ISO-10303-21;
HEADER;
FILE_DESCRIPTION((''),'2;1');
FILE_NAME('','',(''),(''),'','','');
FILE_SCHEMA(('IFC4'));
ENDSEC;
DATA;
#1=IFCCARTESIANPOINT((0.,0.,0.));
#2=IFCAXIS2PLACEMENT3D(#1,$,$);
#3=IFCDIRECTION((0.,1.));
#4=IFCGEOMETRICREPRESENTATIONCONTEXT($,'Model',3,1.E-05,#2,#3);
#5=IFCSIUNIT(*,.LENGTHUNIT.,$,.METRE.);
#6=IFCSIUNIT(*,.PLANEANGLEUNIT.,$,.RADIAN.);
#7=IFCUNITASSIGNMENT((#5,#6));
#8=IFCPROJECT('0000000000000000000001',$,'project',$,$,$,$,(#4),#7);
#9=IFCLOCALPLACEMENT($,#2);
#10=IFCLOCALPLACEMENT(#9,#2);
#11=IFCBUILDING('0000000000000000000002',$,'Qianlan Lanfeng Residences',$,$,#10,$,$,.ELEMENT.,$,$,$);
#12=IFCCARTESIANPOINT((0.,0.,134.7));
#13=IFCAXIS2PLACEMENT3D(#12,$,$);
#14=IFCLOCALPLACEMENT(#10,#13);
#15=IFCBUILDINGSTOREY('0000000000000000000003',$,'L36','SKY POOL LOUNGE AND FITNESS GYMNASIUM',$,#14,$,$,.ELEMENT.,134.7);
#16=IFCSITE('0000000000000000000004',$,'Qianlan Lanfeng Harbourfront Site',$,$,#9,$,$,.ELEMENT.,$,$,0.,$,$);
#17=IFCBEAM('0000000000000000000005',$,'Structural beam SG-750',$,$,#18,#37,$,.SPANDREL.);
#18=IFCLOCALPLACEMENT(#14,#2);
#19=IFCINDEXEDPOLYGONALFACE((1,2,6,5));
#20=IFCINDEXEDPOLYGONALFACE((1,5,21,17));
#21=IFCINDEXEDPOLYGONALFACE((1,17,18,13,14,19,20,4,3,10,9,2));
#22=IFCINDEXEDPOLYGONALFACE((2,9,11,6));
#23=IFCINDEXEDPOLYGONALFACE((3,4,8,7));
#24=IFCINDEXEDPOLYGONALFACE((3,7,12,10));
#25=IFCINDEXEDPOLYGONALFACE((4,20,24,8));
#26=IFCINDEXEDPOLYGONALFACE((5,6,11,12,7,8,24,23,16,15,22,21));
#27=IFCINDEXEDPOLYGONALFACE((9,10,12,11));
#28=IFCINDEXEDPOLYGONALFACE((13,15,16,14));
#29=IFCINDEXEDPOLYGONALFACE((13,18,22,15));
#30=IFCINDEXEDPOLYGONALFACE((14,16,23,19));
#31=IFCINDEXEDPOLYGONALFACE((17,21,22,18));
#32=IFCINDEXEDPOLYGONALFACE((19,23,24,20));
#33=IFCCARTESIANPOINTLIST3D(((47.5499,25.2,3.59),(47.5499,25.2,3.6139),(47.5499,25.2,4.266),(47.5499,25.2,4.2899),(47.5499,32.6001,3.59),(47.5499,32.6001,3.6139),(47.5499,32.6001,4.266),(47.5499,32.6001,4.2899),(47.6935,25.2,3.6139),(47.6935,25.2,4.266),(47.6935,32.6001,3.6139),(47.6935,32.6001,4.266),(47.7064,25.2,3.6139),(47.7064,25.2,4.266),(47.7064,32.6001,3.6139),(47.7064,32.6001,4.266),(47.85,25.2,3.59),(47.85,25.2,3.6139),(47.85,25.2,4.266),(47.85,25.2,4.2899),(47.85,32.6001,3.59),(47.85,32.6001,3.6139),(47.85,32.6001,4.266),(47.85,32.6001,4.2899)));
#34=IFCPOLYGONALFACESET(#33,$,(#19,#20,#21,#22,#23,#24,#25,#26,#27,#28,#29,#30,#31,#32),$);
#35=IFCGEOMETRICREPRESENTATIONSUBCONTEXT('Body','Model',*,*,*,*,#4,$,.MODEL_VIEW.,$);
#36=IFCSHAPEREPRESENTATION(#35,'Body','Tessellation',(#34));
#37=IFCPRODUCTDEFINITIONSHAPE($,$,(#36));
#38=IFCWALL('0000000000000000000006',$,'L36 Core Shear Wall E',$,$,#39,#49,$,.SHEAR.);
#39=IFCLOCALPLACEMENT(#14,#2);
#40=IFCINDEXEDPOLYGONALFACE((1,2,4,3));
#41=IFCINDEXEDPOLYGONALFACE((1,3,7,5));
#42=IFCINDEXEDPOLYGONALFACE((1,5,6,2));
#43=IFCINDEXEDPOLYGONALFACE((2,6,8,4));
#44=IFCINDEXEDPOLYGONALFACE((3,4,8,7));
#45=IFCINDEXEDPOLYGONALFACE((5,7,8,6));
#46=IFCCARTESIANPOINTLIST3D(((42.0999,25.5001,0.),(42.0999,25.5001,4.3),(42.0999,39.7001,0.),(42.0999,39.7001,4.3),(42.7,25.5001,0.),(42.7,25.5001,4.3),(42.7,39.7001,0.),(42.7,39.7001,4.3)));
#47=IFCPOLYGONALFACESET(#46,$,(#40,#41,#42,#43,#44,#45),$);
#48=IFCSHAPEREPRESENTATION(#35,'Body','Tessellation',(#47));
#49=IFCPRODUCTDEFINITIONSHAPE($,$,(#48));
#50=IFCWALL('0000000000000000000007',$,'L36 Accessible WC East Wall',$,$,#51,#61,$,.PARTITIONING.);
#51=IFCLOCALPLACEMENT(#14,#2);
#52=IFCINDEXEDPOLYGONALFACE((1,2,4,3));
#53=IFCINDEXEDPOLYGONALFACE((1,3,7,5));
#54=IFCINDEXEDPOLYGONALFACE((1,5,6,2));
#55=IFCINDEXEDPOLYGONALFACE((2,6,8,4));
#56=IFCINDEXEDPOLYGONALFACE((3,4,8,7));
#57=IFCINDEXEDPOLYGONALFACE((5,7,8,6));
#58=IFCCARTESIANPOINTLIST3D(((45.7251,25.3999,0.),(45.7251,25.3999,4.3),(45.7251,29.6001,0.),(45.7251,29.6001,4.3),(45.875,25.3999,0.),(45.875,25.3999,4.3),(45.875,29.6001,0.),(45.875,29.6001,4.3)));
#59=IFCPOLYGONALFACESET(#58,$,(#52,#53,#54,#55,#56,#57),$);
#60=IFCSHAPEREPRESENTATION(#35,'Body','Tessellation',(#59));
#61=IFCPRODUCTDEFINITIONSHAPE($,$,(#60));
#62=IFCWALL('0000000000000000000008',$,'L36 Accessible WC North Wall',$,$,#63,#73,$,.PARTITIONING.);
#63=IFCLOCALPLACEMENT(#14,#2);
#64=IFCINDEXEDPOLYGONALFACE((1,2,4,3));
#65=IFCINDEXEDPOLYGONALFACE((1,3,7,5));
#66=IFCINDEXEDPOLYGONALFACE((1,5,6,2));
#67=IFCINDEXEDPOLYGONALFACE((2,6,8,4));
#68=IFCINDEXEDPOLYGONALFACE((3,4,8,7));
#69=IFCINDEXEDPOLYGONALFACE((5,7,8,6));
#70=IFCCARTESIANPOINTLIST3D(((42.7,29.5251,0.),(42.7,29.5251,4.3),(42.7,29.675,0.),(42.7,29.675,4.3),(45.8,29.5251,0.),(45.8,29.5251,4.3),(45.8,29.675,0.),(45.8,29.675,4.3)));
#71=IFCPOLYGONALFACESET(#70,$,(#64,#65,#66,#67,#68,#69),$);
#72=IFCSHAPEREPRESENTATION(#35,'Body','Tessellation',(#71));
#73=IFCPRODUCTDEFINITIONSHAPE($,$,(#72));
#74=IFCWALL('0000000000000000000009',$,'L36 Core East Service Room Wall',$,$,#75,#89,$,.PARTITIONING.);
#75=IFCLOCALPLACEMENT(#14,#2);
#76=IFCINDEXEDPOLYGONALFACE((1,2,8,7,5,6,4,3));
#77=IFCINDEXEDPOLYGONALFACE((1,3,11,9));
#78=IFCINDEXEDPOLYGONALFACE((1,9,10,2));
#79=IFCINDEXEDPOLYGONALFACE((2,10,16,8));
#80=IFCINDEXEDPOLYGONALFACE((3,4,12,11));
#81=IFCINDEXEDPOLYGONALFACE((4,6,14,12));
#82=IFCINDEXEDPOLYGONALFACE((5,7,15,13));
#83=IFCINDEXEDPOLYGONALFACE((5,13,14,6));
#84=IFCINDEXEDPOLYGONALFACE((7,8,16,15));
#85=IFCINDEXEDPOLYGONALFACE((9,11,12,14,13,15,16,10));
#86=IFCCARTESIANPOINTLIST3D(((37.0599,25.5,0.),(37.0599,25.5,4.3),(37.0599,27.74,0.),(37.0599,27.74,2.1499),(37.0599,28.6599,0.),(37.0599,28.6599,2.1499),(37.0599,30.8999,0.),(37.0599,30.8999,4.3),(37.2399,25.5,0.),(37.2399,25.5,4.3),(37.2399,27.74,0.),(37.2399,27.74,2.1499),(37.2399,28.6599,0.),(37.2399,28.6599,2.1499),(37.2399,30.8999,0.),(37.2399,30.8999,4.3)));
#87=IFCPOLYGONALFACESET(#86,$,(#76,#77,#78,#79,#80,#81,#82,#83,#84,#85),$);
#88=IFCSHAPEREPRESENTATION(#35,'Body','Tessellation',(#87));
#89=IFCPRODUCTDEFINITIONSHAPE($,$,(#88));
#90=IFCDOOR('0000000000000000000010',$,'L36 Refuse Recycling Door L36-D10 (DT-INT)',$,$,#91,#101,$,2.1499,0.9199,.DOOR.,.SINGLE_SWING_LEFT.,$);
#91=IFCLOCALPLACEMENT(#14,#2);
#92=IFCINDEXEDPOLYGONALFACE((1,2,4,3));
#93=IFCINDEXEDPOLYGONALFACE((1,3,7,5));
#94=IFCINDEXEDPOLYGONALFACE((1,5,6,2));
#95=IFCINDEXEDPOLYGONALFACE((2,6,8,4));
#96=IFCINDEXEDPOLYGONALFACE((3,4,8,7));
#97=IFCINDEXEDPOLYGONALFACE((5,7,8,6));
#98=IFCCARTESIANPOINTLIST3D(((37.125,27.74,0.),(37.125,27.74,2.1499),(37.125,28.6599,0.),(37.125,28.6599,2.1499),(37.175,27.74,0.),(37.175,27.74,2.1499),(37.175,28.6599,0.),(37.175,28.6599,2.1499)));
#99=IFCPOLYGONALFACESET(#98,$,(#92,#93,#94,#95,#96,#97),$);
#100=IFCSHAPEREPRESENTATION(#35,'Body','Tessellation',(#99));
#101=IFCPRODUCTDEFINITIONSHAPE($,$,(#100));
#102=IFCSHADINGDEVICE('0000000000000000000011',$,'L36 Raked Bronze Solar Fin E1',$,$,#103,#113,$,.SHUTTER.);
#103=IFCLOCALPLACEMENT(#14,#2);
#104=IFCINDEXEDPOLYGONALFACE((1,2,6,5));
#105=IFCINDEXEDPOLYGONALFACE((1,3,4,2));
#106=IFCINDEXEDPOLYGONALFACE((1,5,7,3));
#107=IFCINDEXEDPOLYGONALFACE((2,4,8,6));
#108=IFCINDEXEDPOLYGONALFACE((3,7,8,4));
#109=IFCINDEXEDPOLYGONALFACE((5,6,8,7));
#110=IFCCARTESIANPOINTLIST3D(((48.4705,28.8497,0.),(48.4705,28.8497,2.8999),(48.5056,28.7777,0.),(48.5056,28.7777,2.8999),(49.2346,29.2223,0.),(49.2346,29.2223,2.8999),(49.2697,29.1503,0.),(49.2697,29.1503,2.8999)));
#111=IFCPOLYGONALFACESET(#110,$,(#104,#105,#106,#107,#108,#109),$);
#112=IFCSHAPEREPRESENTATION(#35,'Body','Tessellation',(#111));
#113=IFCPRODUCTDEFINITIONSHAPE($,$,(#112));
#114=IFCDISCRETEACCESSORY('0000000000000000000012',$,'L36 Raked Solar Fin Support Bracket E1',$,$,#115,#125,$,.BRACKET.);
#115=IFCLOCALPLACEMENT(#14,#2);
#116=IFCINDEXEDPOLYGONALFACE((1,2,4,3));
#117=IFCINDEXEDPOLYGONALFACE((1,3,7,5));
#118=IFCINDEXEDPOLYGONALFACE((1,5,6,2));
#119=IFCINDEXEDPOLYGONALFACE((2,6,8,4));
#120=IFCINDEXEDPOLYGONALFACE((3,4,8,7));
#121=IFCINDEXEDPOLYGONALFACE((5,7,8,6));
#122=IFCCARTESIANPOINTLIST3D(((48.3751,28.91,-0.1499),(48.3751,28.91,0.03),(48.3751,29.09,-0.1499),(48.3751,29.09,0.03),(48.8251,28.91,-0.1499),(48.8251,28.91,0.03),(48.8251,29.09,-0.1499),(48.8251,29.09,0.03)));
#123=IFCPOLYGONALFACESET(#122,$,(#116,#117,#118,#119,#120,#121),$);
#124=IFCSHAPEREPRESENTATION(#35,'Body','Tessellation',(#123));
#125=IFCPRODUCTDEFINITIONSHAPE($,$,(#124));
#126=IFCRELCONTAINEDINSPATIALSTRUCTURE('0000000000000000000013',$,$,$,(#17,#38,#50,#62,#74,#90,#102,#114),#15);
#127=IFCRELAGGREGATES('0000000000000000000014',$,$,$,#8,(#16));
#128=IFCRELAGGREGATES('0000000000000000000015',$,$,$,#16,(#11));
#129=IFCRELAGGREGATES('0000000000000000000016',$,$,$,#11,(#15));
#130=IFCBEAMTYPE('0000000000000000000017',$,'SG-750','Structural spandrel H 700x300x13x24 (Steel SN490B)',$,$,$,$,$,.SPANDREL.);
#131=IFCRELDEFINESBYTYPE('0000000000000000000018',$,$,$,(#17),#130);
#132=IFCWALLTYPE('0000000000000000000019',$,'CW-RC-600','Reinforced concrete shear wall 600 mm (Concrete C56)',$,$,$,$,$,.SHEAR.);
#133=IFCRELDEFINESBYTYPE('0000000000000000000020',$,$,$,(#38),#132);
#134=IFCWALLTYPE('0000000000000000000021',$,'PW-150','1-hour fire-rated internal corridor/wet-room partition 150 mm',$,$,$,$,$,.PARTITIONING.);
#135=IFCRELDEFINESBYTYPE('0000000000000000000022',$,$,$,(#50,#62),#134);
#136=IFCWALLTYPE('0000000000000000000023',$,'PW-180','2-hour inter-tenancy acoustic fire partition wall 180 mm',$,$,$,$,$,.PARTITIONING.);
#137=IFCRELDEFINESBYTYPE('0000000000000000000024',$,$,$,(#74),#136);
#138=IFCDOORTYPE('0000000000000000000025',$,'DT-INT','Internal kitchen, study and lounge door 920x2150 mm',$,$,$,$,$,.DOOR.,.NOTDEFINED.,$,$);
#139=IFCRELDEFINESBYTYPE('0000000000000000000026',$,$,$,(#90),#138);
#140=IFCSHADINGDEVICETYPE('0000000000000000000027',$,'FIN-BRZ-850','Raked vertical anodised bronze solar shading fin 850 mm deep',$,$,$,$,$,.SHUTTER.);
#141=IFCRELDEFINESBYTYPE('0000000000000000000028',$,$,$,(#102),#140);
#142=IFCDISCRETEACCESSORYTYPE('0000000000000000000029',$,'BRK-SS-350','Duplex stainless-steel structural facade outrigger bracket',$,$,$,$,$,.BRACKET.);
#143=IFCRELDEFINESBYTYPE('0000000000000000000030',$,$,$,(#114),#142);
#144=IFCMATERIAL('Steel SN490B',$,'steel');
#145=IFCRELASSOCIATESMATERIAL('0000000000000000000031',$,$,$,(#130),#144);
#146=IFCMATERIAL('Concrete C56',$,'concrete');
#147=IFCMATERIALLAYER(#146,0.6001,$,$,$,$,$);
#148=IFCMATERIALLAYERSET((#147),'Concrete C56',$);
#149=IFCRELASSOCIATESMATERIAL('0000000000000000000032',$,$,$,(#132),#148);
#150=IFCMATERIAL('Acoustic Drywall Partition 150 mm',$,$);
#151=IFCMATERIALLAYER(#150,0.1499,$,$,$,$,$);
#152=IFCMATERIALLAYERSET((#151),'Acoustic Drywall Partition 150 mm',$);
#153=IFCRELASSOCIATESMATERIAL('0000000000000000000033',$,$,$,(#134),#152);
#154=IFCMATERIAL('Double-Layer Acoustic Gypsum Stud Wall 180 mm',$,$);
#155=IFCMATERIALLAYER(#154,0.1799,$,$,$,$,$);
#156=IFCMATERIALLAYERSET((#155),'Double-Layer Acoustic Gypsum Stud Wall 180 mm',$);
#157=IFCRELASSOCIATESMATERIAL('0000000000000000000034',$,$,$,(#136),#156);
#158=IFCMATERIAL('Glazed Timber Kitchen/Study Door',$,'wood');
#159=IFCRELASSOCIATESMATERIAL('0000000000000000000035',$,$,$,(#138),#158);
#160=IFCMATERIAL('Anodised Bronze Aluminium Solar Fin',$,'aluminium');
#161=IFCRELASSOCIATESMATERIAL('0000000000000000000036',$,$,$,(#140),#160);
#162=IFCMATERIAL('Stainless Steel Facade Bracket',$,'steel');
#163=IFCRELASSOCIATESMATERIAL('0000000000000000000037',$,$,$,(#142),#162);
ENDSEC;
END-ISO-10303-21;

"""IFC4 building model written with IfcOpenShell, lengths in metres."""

from ifc_helpers import new_model, si_unit, direction, frame, frame_2d, origin, origin_2d, place, context, subcontext, project, spatial, rectangle, i_section, extrude, source, transform, mapped, material, layer, layer_set, material_profile, profile_set, type_object, element, fill, save


model = new_model("IFC4")

# Units and contexts
model_context = context("Model", 3, precision=1e-05, world=origin(), true_north=direction((0.0, 1.0)))
body_context = subcontext(model_context, "Body", "Model", "MODEL_VIEW")
ifc_project = project(units=[si_unit("LENGTHUNIT", "METRE"), si_unit("PLANEANGLEUNIT", "RADIAN")], contexts=[model_context])

# Site, building, storey
site_placement = place(None, origin())
site = spatial("IfcSite", under=ifc_project, at=site_placement, Name="Qianlan Lanfeng Harbourfront Site", CompositionType="ELEMENT", RefElevation=0.0)
building_placement = place(site_placement, origin())
building = spatial("IfcBuilding", under=site, at=building_placement, Name="Qianlan Lanfeng Residences", CompositionType="ELEMENT")
storey_placement = place(building_placement, frame((0.0, 0.0, 134.7)))
storey = spatial("IfcBuildingStorey", under=building, at=storey_placement, Name="L36", Description="SKY POOL LOUNGE AND FITNESS GYMNASIUM", CompositionType="ELEMENT", Elevation=134.7)

# Shared definitions
ifc_material_1 = material(Name="Steel SN490B", Category="steel")

# Beam
ifc_material_profile_1 = material_profile(ifc_material_1, i_section(OverallWidth=0.3, OverallDepth=0.7, WebThickness=0.0129, FlangeThickness=0.0239, at=origin_2d()), Name="H 700x300x13x24")
ifc_profile_set_1 = profile_set([ifc_material_profile_1], Name="Steel SN490B")
beam_type_1 = type_object("IfcBeamType", Name="SG-750", Description="Structural spandrel H 700x300x13x24 (Steel SN490B)", PredefinedType="SPANDREL", material=ifc_profile_set_1)
beam_1_placement = place(storey_placement, frame((47.7, 25.2, 3.9399), z_axis=(0.0, 1.0, 0.0), x_axis=(-1.0, 0.0, 0.0)))
element("IfcBeam", 1, at=beam_1_placement, inside=storey, type_object=beam_type_1, Name="Structural beam SG-750", PredefinedType="SPANDREL", context=body_context, shape_type="SweptSolid", body=[
    extrude(i_section(OverallWidth=0.3, OverallDepth=0.7, WebThickness=0.0129, FlangeThickness=0.0239, at=origin_2d()), origin(), (0.0, 0.0, 1.0), 7.4001),
])

# Wall
ifc_material_2 = material(Name="Concrete C56", Category="concrete")
ifc_layer_1 = layer(ifc_material_2, 0.6001)
ifc_layer_set_1 = layer_set([ifc_layer_1], Name="Concrete C56")
wall_type_1 = type_object("IfcWallType", Name="CW-RC-600", Description="Reinforced concrete shear wall 600 mm (Concrete C56)", PredefinedType="SHEAR", material=ifc_layer_set_1)
wall_1_placement = place(storey_placement, frame((42.3999, 25.5, 0.0), z_axis=(0.0, 0.0, 1.0), x_axis=(0.0, 1.0, 0.0)))
element("IfcWall", 2, at=wall_1_placement, inside=storey, type_object=wall_type_1, Name="L36 Core Shear Wall E", PredefinedType="SHEAR", context=body_context, shape_type="SweptSolid", body=[
    extrude(rectangle(XDim=14.2, YDim=0.6001, at=frame_2d((7.1001, 0.0))), origin(), (0.0, 0.0, 1.0), 4.3),
])

# Shared definitions
ifc_material_3 = material(Name="Acoustic Drywall Partition 150 mm")
ifc_layer_2 = layer(ifc_material_3, 0.1499)
ifc_layer_set_2 = layer_set([ifc_layer_2], Name="Acoustic Drywall Partition 150 mm")
wall_type_2 = type_object("IfcWallType", Name="PW-150", Description="1-hour fire-rated internal corridor/wet-room partition 150 mm", PredefinedType="PARTITIONING", material=ifc_layer_set_2)

# Walls
wall_2_placement = place(storey_placement, frame((45.8, 25.3999, 0.0), z_axis=(0.0, 0.0, 1.0), x_axis=(0.0, 1.0, 0.0)))
element("IfcWall", 3, at=wall_2_placement, inside=storey, type_object=wall_type_2, Name="L36 Accessible WC East Wall", PredefinedType="PARTITIONING", context=body_context, shape_type="SweptSolid", body=[
    extrude(rectangle(XDim=4.2002, YDim=0.1499, at=frame_2d((2.1001, 0.0))), origin(), (0.0, 0.0, 1.0), 4.3),
])
wall_3_placement = place(storey_placement, frame((42.7, 29.6001, 0.0), z_axis=(0.0, 0.0, 1.0), x_axis=(1.0, 0.0, 0.0)))
element("IfcWall", 4, at=wall_3_placement, inside=storey, type_object=wall_type_2, Name="L36 Accessible WC North Wall", PredefinedType="PARTITIONING", context=body_context, shape_type="SweptSolid", body=[
    extrude(rectangle(XDim=3.1001, YDim=0.1499, at=frame_2d((1.55, 0.0))), origin(), (0.0, 0.0, 1.0), 4.3),
])

# Wall, opening, door
ifc_material_4 = material(Name="Double-Layer Acoustic Gypsum Stud Wall 180 mm")
ifc_layer_3 = layer(ifc_material_4, 0.1799)
ifc_layer_set_3 = layer_set([ifc_layer_3], Name="Double-Layer Acoustic Gypsum Stud Wall 180 mm")
wall_type_3 = type_object("IfcWallType", Name="PW-180", Description="2-hour inter-tenancy acoustic fire partition wall 180 mm", PredefinedType="PARTITIONING", material=ifc_layer_set_3)
wall_4_placement = place(storey_placement, frame((37.1499, 25.5, 0.0), z_axis=(0.0, 0.0, 1.0), x_axis=(0.0, 1.0, 0.0)))
wall_4 = element("IfcWall", 5, at=wall_4_placement, inside=storey, type_object=wall_type_3, Name="L36 Core East Service Room Wall", PredefinedType="PARTITIONING", context=body_context, shape_type="SweptSolid", body=[
    extrude(rectangle(XDim=5.3999, YDim=0.1799, at=frame_2d((2.7, 0.0))), origin(), (0.0, 0.0, 1.0), 4.3),
])
opening_1_placement = place(wall_4_placement, frame((2.24, 0.0, 0.0)))
opening_1 = element("IfcOpeningElement", 6, at=opening_1_placement, cuts=wall_4, PredefinedType="OPENING", context=body_context, shape_type="SweptSolid", body=[
    extrude(rectangle(XDim=0.9199, YDim=2.1499, at=frame_2d((0.46, 1.075))), frame((0.0, 0.1001, 0.0), z_axis=(0.0, -1.0, 0.0), x_axis=(1.0, 0.0, 0.0)), (0.0, 0.0, 1.0), 0.2),
])
ifc_material_5 = material(Name="Glazed Timber Kitchen/Study Door", Category="wood")
door_type_1 = type_object("IfcDoorType", Name="DT-INT", Description="Internal kitchen, study and lounge door 920x2150 mm", OperationType="NOTDEFINED", PredefinedType="DOOR", material=ifc_material_5)
door_1_placement = place(opening_1_placement, origin())
door_1 = element("IfcDoor", 7, at=door_1_placement, inside=storey, type_object=door_type_1, Name="L36 Refuse Recycling Door L36-D10 (DT-INT)", OperationType="SINGLE_SWING_LEFT", OverallHeight=2.1499, OverallWidth=0.9199, PredefinedType="DOOR", context=body_context, shape_type="SweptSolid", body=[
    extrude(rectangle(XDim=0.9199, YDim=2.1499, at=frame_2d((0.46, 1.075))), frame((0.0, 0.0249, 0.0), z_axis=(0.0, -1.0, 0.0), x_axis=(1.0, 0.0, 0.0)), (0.0, 0.0, 1.0), 0.05),
])
fill(opening_1, door_1)

# Shading device
ifc_material_6 = material(Name="Anodised Bronze Aluminium Solar Fin", Category="aluminium")
shading_device_type = type_object("IfcShadingDeviceType", Name="FIN-BRZ-850", Description="Raked vertical anodised bronze solar shading fin 850 mm deep", PredefinedType="SHUTTER", material=ifc_material_6)
shared_shape_1 = source(origin(), body_context, "Body", "SweptSolid", [
    extrude(rectangle(XDim=0.8501, YDim=0.0801, at=origin_2d()), origin(), (0.0, 0.0, 1.0), 2.8999),
])
shading_device_placement = place(storey_placement, frame((48.8701, 29.0, 0.0), z_axis=(0.0, 0.0, 1.0), x_axis=(0.898794, 0.438371, 0.0)))
element("IfcShadingDevice", 8, at=shading_device_placement, inside=storey, type_object=shading_device_type, Name="L36 Raked Bronze Solar Fin E1", PredefinedType="SHUTTER", context=body_context, shape_type="MappedRepresentation", body=[
    mapped(shared_shape_1, transform((0.0, 0.0, 0.0), scale=1.0)),
])

# Discrete accessory
ifc_material_7 = material(Name="Stainless Steel Facade Bracket", Category="steel")
discrete_accessory_type = type_object("IfcDiscreteAccessoryType", Name="BRK-SS-350", Description="Duplex stainless-steel structural facade outrigger bracket", PredefinedType="BRACKET", material=ifc_material_7)
shared_shape_2 = source(origin(), body_context, "Body", "SweptSolid", [
    extrude(rectangle(XDim=0.45, YDim=0.1799, at=origin_2d()), origin(), (0.0, 0.0, 1.0), 0.1799),
])
discrete_accessory_placement = place(storey_placement, frame((48.6001, 29.0, -0.1499), z_axis=(0.0, 0.0, 1.0), x_axis=(1.0, 0.0, 0.0)))
element("IfcDiscreteAccessory", 9, at=discrete_accessory_placement, inside=storey, type_object=discrete_accessory_type, Name="L36 Raked Solar Fin Support Bracket E1", PredefinedType="BRACKET", context=body_context, shape_type="MappedRepresentation", body=[
    mapped(shared_shape_2, transform((0.0, 0.0, 0.0), scale=1.0)),
])

save(model, "model.ifc")
